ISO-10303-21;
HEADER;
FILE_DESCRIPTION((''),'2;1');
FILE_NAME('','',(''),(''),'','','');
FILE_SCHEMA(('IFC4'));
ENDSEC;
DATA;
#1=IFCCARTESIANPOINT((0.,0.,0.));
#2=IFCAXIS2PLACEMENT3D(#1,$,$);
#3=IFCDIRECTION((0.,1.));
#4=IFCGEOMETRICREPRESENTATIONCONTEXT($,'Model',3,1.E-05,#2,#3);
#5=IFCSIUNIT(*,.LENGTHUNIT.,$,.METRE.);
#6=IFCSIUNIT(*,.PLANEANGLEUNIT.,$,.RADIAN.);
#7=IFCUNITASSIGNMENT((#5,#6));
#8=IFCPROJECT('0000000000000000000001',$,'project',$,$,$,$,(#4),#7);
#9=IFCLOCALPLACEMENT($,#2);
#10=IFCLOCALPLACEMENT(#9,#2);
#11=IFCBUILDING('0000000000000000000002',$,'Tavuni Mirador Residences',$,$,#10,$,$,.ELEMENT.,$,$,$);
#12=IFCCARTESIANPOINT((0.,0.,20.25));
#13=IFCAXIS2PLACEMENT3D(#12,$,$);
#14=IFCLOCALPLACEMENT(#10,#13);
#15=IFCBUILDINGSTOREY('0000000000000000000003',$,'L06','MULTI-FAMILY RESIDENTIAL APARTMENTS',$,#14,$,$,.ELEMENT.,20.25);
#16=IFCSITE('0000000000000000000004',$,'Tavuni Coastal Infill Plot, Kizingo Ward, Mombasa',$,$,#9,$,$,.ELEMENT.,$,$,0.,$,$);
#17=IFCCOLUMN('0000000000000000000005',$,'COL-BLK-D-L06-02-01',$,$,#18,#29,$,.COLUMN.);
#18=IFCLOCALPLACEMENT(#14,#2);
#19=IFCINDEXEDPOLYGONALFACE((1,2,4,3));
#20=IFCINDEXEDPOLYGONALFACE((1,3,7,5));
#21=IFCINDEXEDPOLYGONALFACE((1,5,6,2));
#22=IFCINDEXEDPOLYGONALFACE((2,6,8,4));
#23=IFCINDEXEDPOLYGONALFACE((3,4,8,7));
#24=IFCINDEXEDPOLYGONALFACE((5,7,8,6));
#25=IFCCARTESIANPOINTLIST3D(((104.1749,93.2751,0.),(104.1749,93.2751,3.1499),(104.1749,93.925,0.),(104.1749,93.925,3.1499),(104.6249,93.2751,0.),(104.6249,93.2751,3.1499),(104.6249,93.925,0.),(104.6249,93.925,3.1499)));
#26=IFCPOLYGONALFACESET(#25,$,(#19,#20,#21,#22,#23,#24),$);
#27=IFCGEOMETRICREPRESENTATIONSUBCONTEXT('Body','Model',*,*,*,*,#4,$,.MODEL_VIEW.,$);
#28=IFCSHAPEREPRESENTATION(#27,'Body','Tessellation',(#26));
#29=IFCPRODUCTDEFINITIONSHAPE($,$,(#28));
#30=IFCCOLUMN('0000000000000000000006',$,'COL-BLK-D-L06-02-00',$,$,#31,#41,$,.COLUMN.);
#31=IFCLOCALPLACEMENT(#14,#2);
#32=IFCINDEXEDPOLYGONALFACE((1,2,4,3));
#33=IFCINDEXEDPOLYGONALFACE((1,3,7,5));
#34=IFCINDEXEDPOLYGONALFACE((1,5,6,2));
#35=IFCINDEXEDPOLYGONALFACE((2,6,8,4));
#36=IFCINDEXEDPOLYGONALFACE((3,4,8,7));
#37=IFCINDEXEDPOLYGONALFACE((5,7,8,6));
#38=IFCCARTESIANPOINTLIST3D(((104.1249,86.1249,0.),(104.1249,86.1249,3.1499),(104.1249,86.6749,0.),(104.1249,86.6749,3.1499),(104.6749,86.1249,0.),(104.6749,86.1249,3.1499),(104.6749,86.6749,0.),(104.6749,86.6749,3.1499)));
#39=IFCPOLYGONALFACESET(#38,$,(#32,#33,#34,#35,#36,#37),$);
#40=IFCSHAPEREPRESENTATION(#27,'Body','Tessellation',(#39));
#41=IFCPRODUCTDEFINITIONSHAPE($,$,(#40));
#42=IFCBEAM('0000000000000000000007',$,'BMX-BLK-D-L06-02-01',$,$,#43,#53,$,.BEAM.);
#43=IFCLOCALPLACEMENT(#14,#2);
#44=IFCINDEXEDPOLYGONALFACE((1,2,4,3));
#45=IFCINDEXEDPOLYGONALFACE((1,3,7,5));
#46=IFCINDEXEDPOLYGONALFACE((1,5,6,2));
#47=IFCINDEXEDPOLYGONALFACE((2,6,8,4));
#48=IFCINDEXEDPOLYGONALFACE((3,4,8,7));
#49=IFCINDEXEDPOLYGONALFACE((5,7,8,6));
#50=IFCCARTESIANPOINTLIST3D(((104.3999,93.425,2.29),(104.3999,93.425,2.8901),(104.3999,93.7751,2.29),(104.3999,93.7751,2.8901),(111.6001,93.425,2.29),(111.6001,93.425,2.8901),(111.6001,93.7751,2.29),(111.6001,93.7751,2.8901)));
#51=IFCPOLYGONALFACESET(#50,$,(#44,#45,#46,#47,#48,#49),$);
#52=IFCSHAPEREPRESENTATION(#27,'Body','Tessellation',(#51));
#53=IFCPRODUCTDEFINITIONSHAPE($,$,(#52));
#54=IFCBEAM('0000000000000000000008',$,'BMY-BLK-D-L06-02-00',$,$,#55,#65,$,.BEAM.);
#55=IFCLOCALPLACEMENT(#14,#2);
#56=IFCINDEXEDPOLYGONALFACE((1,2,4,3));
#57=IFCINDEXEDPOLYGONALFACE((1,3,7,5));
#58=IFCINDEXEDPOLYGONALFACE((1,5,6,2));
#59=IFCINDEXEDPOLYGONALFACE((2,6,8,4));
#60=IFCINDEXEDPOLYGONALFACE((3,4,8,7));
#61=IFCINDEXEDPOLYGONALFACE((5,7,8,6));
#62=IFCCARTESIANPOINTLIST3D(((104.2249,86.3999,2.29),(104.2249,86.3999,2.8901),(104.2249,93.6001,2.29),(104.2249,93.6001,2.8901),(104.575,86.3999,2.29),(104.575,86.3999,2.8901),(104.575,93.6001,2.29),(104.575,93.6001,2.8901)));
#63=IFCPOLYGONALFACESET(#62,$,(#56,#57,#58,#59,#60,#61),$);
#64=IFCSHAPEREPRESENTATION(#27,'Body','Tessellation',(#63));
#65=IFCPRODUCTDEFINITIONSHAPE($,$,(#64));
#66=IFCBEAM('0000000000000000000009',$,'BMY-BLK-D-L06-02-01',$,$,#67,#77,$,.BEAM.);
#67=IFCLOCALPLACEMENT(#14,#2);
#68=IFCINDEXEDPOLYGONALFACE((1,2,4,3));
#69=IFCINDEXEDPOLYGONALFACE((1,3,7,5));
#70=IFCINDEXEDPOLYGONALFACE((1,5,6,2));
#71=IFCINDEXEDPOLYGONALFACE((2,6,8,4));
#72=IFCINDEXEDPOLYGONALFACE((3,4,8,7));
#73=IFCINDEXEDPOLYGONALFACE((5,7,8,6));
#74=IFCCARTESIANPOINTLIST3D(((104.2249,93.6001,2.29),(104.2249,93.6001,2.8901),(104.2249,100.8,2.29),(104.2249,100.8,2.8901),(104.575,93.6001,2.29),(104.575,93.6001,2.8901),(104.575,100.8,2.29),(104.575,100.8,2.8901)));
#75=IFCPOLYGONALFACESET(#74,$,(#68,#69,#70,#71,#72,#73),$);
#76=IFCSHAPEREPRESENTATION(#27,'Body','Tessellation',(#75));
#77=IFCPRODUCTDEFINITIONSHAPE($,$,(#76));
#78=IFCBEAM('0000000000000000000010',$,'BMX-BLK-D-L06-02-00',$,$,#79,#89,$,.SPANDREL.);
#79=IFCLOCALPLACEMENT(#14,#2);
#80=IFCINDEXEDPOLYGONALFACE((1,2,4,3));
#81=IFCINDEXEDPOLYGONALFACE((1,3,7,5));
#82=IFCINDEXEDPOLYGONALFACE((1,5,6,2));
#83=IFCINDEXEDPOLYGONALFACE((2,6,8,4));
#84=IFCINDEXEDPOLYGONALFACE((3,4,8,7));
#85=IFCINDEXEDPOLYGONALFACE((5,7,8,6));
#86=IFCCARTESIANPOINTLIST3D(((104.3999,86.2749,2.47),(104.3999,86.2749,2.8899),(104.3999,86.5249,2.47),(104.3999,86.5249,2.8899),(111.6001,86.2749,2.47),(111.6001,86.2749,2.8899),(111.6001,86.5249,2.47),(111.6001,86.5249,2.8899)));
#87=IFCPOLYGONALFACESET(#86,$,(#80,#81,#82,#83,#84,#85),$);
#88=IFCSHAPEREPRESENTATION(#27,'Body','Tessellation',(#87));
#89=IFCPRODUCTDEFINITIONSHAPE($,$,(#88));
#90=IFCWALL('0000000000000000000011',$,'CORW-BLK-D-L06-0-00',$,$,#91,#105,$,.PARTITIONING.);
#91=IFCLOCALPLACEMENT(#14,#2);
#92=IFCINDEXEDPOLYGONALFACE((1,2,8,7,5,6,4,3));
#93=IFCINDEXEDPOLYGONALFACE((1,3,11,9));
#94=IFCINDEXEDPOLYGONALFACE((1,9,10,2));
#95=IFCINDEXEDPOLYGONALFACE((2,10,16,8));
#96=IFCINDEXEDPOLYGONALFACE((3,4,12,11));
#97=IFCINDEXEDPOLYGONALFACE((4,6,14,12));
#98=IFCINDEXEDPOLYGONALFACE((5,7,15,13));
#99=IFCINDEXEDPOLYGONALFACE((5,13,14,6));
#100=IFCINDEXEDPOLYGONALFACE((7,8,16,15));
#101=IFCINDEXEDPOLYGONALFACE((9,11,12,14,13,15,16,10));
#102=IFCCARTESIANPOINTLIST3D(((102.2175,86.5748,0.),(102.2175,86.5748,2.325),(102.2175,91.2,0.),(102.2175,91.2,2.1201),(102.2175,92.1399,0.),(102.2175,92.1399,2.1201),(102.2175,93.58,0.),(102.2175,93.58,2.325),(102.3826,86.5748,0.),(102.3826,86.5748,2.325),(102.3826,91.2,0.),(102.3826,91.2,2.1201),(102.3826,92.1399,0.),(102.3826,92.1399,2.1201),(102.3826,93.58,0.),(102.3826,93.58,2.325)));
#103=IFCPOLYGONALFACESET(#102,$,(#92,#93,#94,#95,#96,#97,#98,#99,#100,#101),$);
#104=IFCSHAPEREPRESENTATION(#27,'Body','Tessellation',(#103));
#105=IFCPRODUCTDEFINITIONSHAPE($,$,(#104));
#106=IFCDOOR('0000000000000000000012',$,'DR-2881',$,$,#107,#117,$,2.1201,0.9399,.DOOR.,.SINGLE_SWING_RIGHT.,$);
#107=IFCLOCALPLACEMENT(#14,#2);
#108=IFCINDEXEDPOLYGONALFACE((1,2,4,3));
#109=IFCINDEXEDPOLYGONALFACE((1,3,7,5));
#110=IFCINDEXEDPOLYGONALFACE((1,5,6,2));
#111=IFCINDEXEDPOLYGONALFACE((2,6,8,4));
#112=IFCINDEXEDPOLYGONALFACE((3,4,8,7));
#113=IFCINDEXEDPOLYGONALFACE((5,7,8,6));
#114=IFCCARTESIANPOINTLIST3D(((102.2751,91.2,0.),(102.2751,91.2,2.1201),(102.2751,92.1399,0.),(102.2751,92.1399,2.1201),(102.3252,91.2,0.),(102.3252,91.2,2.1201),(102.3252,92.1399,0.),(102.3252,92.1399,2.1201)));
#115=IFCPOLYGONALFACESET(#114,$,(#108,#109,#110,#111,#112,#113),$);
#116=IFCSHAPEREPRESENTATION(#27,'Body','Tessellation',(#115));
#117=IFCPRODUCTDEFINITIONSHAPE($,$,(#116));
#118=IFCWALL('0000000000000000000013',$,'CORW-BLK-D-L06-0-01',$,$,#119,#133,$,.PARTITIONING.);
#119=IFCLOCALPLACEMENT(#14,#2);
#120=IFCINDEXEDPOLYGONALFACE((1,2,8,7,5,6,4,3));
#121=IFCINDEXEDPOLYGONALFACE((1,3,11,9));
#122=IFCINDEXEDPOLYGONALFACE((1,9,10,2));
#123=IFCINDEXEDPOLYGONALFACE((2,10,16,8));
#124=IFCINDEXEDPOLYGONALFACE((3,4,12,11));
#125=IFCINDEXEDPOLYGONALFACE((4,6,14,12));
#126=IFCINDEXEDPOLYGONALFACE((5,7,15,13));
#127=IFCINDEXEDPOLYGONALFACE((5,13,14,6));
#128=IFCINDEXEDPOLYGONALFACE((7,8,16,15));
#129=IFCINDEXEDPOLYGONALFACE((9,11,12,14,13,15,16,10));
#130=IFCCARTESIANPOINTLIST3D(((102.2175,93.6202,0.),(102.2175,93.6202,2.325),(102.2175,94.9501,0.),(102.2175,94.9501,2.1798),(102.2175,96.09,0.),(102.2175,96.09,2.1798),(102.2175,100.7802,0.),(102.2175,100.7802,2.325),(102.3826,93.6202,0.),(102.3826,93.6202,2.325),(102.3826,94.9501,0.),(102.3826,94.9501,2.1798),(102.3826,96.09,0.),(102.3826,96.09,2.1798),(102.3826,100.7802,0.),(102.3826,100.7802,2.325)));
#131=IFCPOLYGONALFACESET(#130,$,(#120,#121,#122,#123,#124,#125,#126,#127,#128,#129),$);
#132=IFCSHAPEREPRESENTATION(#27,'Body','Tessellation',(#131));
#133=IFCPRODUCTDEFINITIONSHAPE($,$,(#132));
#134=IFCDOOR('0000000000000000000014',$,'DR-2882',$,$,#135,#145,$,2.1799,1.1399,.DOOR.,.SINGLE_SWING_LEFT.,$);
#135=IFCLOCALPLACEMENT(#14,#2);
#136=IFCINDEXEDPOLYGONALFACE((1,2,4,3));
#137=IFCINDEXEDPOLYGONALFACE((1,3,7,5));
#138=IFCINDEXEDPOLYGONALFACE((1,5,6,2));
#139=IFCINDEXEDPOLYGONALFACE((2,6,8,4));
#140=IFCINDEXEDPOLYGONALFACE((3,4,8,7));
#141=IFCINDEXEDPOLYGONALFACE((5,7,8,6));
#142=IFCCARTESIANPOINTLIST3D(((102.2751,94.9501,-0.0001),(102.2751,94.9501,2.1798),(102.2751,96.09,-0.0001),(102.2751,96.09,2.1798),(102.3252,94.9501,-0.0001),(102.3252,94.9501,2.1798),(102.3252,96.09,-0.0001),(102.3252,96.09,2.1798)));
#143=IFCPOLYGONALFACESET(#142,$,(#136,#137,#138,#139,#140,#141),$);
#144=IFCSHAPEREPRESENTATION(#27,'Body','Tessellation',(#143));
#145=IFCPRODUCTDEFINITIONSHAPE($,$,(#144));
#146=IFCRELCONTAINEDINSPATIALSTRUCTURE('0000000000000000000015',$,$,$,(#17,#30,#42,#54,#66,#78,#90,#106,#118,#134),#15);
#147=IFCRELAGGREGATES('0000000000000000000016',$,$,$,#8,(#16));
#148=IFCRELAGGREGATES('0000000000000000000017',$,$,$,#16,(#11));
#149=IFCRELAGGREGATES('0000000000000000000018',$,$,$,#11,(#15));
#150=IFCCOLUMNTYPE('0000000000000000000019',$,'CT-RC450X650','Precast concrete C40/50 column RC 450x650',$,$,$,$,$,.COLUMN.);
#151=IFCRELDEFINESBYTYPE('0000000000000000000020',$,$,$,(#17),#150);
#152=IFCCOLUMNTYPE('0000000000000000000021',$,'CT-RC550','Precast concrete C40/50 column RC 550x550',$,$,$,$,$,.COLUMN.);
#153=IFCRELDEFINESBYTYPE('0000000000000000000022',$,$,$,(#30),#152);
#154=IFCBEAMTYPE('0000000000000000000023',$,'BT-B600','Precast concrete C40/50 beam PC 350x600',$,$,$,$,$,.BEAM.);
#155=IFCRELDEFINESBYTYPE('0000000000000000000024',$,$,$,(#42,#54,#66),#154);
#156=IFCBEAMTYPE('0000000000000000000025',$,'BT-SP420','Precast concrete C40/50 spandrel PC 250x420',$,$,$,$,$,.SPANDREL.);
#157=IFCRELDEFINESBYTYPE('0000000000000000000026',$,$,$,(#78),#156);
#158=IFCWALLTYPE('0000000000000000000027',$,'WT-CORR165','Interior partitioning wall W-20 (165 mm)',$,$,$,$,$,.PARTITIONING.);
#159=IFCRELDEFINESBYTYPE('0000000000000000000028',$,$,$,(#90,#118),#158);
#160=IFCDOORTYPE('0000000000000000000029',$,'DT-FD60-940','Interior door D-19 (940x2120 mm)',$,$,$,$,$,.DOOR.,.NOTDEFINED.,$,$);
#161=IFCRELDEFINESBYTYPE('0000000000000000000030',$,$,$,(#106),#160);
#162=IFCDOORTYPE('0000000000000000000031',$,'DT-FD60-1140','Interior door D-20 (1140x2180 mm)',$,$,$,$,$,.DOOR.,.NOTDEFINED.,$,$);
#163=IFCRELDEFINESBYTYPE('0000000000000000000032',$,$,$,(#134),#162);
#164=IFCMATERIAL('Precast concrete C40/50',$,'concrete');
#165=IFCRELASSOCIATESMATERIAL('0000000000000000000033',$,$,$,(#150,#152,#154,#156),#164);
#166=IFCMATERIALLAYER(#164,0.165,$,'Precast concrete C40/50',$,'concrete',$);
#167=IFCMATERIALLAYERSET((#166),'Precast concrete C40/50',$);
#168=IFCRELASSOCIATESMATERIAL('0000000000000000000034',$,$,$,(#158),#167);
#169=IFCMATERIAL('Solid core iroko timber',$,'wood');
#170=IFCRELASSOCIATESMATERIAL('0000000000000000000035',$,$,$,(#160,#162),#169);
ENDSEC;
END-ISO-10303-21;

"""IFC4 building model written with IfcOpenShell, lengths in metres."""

from ifc_helpers import new_model, si_unit, direction, frame, frame_2d, origin, origin_2d, place, context, subcontext, project, spatial, rectangle, extrude, material, layer, layer_set, material_profile, profile_set, type_object, element, fill, save


model = new_model("IFC4")

# Units and contexts
model_context = context("Model", 3, precision=1e-05, world=origin(), true_north=direction((0.0, 1.0)))
body_context = subcontext(model_context, "Body", "Model", "MODEL_VIEW")
ifc_project = project(units=[si_unit("LENGTHUNIT", "METRE"), si_unit("PLANEANGLEUNIT", "RADIAN")], contexts=[model_context])

# Site, building, storey
site_placement = place(None, origin())
site = spatial("IfcSite", under=ifc_project, at=site_placement, Name="Tavuni Coastal Infill Plot, Kizingo Ward, Mombasa", CompositionType="ELEMENT", RefElevation=0.0)
building_placement = place(site_placement, origin())
building = spatial("IfcBuilding", under=site, at=building_placement, Name="Tavuni Mirador Residences", CompositionType="ELEMENT")
storey_placement = place(building_placement, frame((0.0, 0.0, 20.25)))
storey = spatial("IfcBuildingStorey", under=building, at=storey_placement, Name="L06", Description="MULTI-FAMILY RESIDENTIAL APARTMENTS", CompositionType="ELEMENT", Elevation=20.25)

# Columns
ifc_material_1 = material(Name="Precast concrete C40/50", Category="concrete")
ifc_material_profile_1 = material_profile(ifc_material_1, rectangle(XDim=0.45, YDim=0.6499, at=origin_2d()), Name="RC 450x650", Category="concrete")
ifc_profile_set_1 = profile_set([ifc_material_profile_1], Name="Precast concrete C40/50")
column_type_1 = type_object("IfcColumnType", Name="CT-RC450X650", Description="Precast concrete C40/50 column RC 450x650", PredefinedType="COLUMN", material=ifc_profile_set_1)
column_1_placement = place(storey_placement, frame((104.3999, 93.6001, 0.0), z_axis=(0.0, 0.0, 1.0), x_axis=(1.0, 0.0, 0.0)))
element("IfcColumn", 1, at=column_1_placement, inside=storey, type_object=column_type_1, Name="COL-BLK-D-L06-02-01", PredefinedType="COLUMN", context=body_context, shape_type="SweptSolid", body=[
    extrude(rectangle(XDim=0.45, YDim=0.6499, at=origin_2d()), origin(), (0.0, 0.0, 1.0), 3.1499),
])
ifc_material_profile_2 = material_profile(ifc_material_1, rectangle(XDim=0.55, YDim=0.55, at=origin_2d()), Name="RC 550x550", Category="concrete")
ifc_profile_set_2 = profile_set([ifc_material_profile_2], Name="Precast concrete C40/50")
column_type_2 = type_object("IfcColumnType", Name="CT-RC550", Description="Precast concrete C40/50 column RC 550x550", PredefinedType="COLUMN", material=ifc_profile_set_2)
column_2_placement = place(storey_placement, frame((104.3999, 86.3999, 0.0), z_axis=(0.0, 0.0, 1.0), x_axis=(1.0, 0.0, 0.0)))
element("IfcColumn", 2, at=column_2_placement, inside=storey, type_object=column_type_2, Name="COL-BLK-D-L06-02-00", PredefinedType="COLUMN", context=body_context, shape_type="SweptSolid", body=[
    extrude(rectangle(XDim=0.55, YDim=0.55, at=origin_2d()), origin(), (0.0, 0.0, 1.0), 3.1499),
])

# Beams
ifc_material_profile_3 = material_profile(ifc_material_1, rectangle(XDim=0.3501, YDim=0.6001, at=origin_2d()), Name="PC 350x600", Category="concrete")
ifc_profile_set_3 = profile_set([ifc_material_profile_3], Name="Precast concrete C40/50")
beam_type_1 = type_object("IfcBeamType", Name="BT-B600", Description="Precast concrete C40/50 beam PC 350x600", PredefinedType="BEAM", material=ifc_profile_set_3)
for number, where, z_axis, x_axis, name in (
    (3, (104.3999, 93.6001, 2.5901), (1.0, 0.0, 0.0), (0.0, 1.0, 0.0), "BMX-BLK-D-L06-02-01"),
    (4, (104.3999, 86.3999, 2.5901), (0.0, 1.0, 0.0), (-1.0, 0.0, 0.0), "BMY-BLK-D-L06-02-00"),
):
    element("IfcBeam", number, at=place(storey_placement, frame(where, z_axis=z_axis, x_axis=x_axis)), inside=storey, type_object=beam_type_1, Name=name, PredefinedType="BEAM", context=body_context, shape_type="SweptSolid", body=[
        extrude(rectangle(XDim=0.3501, YDim=0.6001, at=origin_2d()), origin(), (0.0, 0.0, 1.0), 7.2002),
    ])
beam_1_placement = place(storey_placement, frame((104.3999, 93.6001, 2.5901), z_axis=(0.0, 1.0, 0.0), x_axis=(-1.0, 0.0, 0.0)))
element("IfcBeam", 5, at=beam_1_placement, inside=storey, type_object=beam_type_1, Name="BMY-BLK-D-L06-02-01", PredefinedType="BEAM", context=body_context, shape_type="SweptSolid", body=[
    extrude(rectangle(XDim=0.3501, YDim=0.6001, at=origin_2d()), origin(), (0.0, 0.0, 1.0), 7.2),
])
ifc_material_profile_4 = material_profile(ifc_material_1, rectangle(XDim=0.25, YDim=0.4199, at=origin_2d()), Name="PC 250x420", Category="concrete")
ifc_profile_set_4 = profile_set([ifc_material_profile_4], Name="Precast concrete C40/50")
beam_type_2 = type_object("IfcBeamType", Name="BT-SP420", Description="Precast concrete C40/50 spandrel PC 250x420", PredefinedType="SPANDREL", material=ifc_profile_set_4)
beam_2_placement = place(storey_placement, frame((104.3999, 86.3999, 2.6799), z_axis=(1.0, 0.0, 0.0), x_axis=(0.0, 1.0, 0.0)))
element("IfcBeam", 6, at=beam_2_placement, inside=storey, type_object=beam_type_2, Name="BMX-BLK-D-L06-02-00", PredefinedType="SPANDREL", context=body_context, shape_type="SweptSolid", body=[
    extrude(rectangle(XDim=0.25, YDim=0.4199, at=origin_2d()), origin(), (0.0, 0.0, 1.0), 7.2002),
])

# Walls, openings, doors
ifc_layer_1 = layer(ifc_material_1, 0.165, Name="Precast concrete C40/50", Category="concrete")
ifc_layer_set_1 = layer_set([ifc_layer_1], Name="Precast concrete C40/50")
wall_type_1 = type_object("IfcWallType", Name="WT-CORR165", Description="Interior partitioning wall W-20 (165 mm)", PredefinedType="PARTITIONING", material=ifc_layer_set_1)
wall_1_placement = place(storey_placement, frame((102.3, 86.575, 0.0), z_axis=(0.0, 0.0, 1.0), x_axis=(0.0, 1.0, 0.0)))
wall_1 = element("IfcWall", 7, at=wall_1_placement, inside=storey, type_object=wall_type_1, Name="CORW-BLK-D-L06-0-00", PredefinedType="PARTITIONING", context=body_context, shape_type="SweptSolid", body=[
    extrude(rectangle(XDim=7.0051, YDim=0.165, at=frame_2d((3.5024, 0.0))), origin(), (0.0, 0.0, 1.0), 2.325),
])
opening_1_placement = place(wall_1_placement, frame((4.625, 0.0, 0.0)))
opening_1 = element("IfcOpeningElement", 8, at=opening_1_placement, cuts=wall_1, PredefinedType="OPENING", context=body_context, shape_type="SweptSolid", body=[
    extrude(rectangle(XDim=0.9399, YDim=2.1201, at=frame_2d((0.47, 1.0601))), frame((0.0, 0.0925, 0.0), z_axis=(0.0, -1.0, 0.0), x_axis=(1.0, 0.0, 0.0)), (0.0, 0.0, 1.0), 0.1851),
])
ifc_material_2 = material(Name="Solid core iroko timber", Category="wood")
door_type_1 = type_object("IfcDoorType", Name="DT-FD60-940", Description="Interior door D-19 (940x2120 mm)", OperationType="NOTDEFINED", PredefinedType="DOOR", material=ifc_material_2)
door_1_placement = place(opening_1_placement, origin())
door_1 = element("IfcDoor", 9, at=door_1_placement, inside=storey, type_object=door_type_1, Name="DR-2881", OperationType="SINGLE_SWING_RIGHT", OverallHeight=2.1201, OverallWidth=0.9399, PredefinedType="DOOR", context=body_context, shape_type="SweptSolid", body=[
    extrude(rectangle(XDim=0.9399, YDim=2.1201, at=frame_2d((0.47, 1.0601))), frame((0.0, 0.0249, 0.0), z_axis=(0.0, -1.0, 0.0), x_axis=(1.0, 0.0, 0.0)), (0.0, 0.0, 1.0), 0.05),
])
fill(opening_1, door_1)
wall_2_placement = place(storey_placement, frame((102.3, 93.6201, 0.0), z_axis=(0.0, 0.0, 1.0), x_axis=(0.0, 1.0, 0.0)))
wall_2 = element("IfcWall", 10, at=wall_2_placement, inside=storey, type_object=wall_type_1, Name="CORW-BLK-D-L06-0-01", PredefinedType="PARTITIONING", context=body_context, shape_type="SweptSolid", body=[
    extrude(rectangle(XDim=7.1599, YDim=0.165, at=frame_2d((3.5801, 0.0))), origin(), (0.0, 0.0, 1.0), 2.325),
])
opening_2_placement = place(wall_2_placement, frame((1.3301, 0.0, 0.0)))
opening_2 = element("IfcOpeningElement", 11, at=opening_2_placement, cuts=wall_2, PredefinedType="OPENING", context=body_context, shape_type="SweptSolid", body=[
    extrude(rectangle(XDim=1.1399, YDim=2.1799, at=frame_2d((0.5698, 1.0898))), frame((0.0, 0.0925, 0.0), z_axis=(0.0, -1.0, 0.0), x_axis=(1.0, 0.0, 0.0)), (0.0, 0.0, 1.0), 0.1851),
])
door_type_2 = type_object("IfcDoorType", Name="DT-FD60-1140", Description="Interior door D-20 (1140x2180 mm)", OperationType="NOTDEFINED", PredefinedType="DOOR", material=ifc_material_2)
door_2_placement = place(opening_2_placement, origin())
door_2 = element("IfcDoor", 12, at=door_2_placement, inside=storey, type_object=door_type_2, Name="DR-2882", OperationType="SINGLE_SWING_LEFT", OverallHeight=2.1799, OverallWidth=1.1399, PredefinedType="DOOR", context=body_context, shape_type="SweptSolid", body=[
    extrude(rectangle(XDim=1.1399, YDim=2.1799, at=frame_2d((0.5698, 1.0898))), frame((0.0, 0.0249, 0.0), z_axis=(0.0, -1.0, 0.0), x_axis=(1.0, 0.0, 0.0)), (0.0, 0.0, 1.0), 0.05),
])
fill(opening_2, door_2)

save(model, "model.ifc")
